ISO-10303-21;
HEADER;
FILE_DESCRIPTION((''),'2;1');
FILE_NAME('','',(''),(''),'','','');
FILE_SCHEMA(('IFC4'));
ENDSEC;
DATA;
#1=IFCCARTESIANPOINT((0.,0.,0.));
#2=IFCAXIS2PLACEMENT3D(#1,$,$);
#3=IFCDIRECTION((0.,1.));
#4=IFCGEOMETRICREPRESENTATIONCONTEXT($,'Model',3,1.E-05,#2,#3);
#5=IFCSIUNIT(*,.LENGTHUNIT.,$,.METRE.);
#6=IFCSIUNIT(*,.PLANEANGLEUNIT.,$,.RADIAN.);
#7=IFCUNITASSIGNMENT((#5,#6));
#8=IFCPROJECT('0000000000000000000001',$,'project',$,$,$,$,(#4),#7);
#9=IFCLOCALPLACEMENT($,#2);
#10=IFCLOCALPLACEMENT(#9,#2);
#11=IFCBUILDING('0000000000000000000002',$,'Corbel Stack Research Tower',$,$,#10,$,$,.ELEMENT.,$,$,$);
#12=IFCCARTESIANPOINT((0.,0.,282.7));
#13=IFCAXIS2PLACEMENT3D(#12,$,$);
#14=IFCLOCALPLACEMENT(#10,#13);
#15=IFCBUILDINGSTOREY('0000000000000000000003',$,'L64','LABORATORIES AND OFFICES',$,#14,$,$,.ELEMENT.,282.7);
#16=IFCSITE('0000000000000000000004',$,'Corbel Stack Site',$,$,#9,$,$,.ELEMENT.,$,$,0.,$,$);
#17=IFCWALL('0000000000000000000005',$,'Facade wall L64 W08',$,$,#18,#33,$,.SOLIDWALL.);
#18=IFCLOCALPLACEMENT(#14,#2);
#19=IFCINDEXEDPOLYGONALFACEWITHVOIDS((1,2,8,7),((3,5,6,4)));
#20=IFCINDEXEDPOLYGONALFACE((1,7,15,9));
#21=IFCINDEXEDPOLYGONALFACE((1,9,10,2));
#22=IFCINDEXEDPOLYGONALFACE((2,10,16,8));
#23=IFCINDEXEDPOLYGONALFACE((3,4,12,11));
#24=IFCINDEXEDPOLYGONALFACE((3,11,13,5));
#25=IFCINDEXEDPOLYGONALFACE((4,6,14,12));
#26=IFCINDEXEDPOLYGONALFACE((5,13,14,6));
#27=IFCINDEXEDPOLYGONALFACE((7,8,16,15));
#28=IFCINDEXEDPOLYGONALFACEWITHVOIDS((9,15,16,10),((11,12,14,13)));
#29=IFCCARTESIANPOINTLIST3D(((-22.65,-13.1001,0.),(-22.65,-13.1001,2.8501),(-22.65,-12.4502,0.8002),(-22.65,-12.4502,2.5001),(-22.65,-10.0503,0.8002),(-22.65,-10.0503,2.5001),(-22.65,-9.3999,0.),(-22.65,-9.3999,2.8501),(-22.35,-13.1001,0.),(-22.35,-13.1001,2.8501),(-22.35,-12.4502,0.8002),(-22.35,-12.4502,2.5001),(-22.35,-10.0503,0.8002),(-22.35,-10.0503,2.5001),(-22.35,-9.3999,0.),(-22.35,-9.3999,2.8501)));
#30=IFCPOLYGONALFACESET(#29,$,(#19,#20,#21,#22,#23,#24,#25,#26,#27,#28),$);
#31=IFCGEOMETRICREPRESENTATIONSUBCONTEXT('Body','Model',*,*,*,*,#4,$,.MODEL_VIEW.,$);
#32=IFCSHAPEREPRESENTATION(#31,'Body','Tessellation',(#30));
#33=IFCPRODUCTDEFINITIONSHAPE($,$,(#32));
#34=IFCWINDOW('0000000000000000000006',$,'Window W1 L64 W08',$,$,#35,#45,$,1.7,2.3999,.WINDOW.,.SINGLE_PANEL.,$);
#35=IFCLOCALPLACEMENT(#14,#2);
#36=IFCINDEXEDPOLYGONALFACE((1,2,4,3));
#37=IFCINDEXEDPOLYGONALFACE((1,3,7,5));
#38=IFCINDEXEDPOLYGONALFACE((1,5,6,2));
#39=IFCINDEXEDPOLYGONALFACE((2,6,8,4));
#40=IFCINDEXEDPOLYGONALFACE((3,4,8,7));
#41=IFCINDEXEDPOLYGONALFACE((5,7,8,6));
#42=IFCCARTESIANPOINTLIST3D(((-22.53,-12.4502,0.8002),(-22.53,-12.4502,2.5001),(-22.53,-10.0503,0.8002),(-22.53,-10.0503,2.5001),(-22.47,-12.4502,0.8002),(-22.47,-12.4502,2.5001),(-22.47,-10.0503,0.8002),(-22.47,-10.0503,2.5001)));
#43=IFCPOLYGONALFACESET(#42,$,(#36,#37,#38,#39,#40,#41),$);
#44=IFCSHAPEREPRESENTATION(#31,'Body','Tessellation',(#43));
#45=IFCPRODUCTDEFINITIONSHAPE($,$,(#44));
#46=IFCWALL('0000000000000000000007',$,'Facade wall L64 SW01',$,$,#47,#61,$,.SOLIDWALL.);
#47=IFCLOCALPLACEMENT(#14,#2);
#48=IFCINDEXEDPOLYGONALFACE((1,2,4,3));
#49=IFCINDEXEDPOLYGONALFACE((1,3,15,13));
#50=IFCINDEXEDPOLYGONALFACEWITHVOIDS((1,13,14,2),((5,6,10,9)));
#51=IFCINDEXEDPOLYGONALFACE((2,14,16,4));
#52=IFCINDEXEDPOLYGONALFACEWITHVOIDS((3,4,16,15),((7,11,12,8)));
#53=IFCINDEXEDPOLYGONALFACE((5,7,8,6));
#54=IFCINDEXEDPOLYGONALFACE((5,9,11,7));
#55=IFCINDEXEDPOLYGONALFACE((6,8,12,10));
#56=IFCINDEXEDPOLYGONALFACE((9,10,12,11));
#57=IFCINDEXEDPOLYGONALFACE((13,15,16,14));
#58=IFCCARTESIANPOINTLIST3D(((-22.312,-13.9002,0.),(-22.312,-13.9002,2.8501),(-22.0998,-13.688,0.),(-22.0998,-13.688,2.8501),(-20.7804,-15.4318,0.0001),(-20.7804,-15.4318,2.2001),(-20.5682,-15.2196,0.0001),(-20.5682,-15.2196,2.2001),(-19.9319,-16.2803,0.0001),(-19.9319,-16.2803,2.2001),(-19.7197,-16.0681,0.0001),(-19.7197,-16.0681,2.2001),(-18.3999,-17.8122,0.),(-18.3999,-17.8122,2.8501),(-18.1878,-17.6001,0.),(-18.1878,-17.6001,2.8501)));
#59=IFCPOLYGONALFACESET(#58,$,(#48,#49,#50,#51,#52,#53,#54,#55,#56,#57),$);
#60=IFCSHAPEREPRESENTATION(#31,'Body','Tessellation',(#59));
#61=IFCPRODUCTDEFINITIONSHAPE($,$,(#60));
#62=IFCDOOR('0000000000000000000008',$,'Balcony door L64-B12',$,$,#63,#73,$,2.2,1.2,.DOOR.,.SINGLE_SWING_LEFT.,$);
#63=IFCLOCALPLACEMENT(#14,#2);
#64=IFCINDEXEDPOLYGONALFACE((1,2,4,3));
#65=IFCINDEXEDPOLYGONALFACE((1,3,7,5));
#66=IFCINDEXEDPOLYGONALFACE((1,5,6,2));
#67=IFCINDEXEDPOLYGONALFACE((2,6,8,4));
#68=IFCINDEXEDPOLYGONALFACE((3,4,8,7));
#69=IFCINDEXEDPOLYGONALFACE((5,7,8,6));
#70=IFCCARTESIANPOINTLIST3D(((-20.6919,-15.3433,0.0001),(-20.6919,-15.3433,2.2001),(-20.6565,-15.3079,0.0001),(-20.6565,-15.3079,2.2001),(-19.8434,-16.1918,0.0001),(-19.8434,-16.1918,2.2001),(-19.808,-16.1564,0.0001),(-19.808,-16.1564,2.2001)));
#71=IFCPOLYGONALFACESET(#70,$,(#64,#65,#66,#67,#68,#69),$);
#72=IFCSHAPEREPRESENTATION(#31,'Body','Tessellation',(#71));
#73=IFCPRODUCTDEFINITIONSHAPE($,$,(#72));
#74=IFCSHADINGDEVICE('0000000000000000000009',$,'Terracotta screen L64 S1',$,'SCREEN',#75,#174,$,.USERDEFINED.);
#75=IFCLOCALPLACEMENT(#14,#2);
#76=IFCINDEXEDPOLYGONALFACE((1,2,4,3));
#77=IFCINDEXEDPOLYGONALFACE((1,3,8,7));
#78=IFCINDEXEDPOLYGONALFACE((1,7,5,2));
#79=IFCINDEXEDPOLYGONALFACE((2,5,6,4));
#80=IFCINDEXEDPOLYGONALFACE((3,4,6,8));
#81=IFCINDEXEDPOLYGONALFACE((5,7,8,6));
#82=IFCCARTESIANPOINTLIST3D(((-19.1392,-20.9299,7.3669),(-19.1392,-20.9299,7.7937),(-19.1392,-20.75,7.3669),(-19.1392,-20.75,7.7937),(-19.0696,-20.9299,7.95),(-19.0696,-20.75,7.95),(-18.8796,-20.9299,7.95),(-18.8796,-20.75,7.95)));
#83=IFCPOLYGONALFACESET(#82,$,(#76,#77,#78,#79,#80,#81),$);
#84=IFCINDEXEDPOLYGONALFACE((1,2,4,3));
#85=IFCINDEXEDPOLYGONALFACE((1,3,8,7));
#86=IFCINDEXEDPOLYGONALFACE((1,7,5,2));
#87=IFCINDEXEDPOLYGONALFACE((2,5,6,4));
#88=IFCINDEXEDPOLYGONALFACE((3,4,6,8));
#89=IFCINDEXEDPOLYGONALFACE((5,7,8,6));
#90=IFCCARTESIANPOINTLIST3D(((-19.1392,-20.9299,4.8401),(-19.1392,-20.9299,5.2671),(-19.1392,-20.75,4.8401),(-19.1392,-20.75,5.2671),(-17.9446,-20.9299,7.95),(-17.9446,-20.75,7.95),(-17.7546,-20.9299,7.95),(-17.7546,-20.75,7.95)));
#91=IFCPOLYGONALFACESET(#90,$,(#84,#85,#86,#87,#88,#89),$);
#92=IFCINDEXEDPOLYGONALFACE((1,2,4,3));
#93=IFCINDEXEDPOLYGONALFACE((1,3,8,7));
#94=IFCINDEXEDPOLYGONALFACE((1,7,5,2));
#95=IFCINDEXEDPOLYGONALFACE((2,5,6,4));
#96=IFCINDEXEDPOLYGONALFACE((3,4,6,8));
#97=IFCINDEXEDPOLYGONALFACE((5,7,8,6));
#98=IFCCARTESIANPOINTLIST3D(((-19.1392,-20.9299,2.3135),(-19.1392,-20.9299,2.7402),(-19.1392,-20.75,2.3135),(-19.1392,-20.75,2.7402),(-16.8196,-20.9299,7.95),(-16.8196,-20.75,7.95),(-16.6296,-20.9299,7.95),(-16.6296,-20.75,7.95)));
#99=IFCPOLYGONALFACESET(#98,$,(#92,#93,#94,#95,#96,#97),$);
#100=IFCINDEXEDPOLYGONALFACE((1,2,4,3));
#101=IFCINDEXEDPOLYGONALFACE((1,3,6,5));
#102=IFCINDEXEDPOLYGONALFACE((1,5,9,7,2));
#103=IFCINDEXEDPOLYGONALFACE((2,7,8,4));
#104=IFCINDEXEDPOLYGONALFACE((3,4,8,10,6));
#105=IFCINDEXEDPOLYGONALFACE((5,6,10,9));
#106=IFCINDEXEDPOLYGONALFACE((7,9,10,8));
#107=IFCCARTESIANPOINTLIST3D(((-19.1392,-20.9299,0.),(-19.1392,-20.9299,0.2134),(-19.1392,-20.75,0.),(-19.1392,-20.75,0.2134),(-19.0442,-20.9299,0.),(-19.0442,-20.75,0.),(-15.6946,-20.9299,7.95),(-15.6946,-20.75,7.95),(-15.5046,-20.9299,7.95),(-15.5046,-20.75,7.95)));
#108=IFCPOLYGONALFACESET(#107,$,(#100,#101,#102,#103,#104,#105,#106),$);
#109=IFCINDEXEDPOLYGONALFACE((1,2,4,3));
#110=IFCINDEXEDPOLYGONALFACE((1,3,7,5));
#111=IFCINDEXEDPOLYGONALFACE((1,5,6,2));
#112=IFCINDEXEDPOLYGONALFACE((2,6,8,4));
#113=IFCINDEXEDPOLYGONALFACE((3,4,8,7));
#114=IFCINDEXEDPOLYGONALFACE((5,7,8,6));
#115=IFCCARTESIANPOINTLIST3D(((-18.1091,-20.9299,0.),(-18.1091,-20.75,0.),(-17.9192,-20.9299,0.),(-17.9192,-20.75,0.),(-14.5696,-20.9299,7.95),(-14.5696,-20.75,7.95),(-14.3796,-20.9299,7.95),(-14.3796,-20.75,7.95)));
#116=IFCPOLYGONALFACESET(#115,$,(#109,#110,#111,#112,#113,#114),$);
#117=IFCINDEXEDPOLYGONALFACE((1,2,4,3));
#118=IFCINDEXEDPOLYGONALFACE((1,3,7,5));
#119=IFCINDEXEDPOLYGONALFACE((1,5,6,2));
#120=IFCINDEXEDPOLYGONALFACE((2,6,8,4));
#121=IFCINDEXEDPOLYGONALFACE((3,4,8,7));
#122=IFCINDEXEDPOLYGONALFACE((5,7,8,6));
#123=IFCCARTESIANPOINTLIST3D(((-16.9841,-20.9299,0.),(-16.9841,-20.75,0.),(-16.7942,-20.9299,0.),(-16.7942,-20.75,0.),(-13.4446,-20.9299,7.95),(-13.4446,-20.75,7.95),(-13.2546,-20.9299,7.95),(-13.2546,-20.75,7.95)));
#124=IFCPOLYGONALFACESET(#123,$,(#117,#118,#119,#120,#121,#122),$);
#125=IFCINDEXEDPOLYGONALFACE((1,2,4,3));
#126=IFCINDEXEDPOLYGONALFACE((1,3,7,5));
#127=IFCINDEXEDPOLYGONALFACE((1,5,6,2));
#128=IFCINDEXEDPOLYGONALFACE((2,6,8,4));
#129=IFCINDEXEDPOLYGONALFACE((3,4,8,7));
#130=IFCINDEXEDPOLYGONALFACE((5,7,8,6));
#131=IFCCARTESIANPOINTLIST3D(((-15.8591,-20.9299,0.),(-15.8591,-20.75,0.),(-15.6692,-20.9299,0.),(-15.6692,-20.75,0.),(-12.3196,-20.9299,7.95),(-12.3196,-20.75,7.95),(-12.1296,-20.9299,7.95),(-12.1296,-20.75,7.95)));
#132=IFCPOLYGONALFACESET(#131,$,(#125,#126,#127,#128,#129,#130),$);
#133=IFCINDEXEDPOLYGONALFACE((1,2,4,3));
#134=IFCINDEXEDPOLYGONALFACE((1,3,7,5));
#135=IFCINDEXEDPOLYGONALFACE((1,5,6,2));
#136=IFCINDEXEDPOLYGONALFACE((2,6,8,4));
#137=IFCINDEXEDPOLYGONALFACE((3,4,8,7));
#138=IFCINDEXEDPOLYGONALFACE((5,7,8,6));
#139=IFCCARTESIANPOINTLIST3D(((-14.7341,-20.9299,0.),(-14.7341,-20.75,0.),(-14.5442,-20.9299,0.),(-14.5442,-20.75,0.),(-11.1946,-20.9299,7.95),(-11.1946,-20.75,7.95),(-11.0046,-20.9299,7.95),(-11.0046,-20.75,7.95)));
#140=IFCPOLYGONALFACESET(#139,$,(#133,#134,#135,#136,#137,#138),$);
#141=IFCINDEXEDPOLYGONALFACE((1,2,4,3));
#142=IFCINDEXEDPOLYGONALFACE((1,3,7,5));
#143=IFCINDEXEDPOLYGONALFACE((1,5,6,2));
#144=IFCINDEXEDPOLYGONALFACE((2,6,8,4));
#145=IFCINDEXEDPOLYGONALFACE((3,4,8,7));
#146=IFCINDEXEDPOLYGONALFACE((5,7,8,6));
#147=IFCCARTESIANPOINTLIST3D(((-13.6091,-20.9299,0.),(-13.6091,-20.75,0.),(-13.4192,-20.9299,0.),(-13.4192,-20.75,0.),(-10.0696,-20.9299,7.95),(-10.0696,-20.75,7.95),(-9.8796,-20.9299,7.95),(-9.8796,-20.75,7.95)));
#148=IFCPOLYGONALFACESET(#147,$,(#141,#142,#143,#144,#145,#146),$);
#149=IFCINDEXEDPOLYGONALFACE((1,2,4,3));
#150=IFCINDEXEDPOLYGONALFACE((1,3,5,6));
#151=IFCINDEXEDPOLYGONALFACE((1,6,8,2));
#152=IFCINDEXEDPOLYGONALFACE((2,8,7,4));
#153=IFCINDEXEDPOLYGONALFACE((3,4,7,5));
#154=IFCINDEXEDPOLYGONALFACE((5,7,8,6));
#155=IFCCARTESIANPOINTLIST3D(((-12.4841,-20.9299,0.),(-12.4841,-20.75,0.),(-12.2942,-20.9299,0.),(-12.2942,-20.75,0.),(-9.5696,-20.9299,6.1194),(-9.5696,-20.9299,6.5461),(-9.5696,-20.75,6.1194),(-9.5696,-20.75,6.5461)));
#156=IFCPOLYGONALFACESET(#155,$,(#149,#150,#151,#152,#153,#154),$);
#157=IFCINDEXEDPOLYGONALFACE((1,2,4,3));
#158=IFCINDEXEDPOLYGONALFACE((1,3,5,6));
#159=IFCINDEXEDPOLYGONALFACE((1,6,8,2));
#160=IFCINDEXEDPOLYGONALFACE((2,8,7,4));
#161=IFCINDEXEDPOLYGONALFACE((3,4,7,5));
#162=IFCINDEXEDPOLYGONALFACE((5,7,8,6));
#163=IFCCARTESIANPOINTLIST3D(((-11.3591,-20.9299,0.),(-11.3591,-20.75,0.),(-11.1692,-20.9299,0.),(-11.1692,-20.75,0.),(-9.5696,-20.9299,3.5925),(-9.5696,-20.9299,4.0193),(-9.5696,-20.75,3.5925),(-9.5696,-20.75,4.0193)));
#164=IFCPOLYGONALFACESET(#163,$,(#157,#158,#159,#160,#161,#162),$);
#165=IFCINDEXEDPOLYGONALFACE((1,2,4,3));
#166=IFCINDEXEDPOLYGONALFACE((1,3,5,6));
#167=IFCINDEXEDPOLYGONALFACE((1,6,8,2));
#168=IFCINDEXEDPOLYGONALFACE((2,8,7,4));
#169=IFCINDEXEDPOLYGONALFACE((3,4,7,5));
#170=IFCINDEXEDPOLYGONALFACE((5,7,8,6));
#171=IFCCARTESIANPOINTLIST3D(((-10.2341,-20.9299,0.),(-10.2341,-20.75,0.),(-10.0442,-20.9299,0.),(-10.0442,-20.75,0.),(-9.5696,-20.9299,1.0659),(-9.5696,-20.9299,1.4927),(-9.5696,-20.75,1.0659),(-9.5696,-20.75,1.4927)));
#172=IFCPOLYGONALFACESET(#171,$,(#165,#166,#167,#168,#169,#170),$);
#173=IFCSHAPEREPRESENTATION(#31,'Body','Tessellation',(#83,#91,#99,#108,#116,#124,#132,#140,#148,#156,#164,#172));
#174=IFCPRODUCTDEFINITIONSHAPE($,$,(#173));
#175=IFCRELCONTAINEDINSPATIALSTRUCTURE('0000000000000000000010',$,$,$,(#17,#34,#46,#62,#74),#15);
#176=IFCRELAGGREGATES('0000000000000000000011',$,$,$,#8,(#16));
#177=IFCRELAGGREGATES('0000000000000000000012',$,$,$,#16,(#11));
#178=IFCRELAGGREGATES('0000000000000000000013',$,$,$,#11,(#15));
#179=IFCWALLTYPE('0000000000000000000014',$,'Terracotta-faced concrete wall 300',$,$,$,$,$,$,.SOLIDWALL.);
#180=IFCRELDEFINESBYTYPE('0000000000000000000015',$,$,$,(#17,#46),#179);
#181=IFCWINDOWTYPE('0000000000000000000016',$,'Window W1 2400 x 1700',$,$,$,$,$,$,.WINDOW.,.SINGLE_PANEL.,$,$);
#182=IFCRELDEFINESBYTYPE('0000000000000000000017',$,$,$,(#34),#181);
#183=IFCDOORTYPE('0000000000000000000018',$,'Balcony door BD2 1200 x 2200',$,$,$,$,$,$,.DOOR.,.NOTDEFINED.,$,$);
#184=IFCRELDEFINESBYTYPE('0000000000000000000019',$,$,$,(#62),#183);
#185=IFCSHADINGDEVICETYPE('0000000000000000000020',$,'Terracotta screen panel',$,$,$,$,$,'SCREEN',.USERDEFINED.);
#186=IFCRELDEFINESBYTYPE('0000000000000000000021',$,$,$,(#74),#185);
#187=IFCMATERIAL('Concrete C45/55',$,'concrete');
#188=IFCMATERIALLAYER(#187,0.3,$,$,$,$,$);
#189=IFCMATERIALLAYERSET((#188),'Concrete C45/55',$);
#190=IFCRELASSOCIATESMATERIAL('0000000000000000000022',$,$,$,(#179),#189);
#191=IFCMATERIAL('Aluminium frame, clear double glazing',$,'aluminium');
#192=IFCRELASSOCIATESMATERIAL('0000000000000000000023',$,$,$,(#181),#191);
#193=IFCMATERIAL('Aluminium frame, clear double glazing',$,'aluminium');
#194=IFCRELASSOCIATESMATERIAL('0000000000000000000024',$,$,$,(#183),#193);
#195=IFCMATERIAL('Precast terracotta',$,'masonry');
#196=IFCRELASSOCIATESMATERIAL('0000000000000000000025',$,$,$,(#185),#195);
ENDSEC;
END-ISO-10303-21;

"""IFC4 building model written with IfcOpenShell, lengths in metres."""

from ifc_helpers import new_model, si_unit, direction, frame, frame_2d, origin, place, context, subcontext, project, spatial, polyline, rectangle, outline, extrude, source, transform, mapped, material, layer, layer_set, type_object, element, fill, save


model = new_model("IFC4")

# Units and contexts
model_context = context("Model", 3, precision=1e-05, world=origin(), true_north=direction((0.0, 1.0)))
body_context = subcontext(model_context, "Body", "Model", "MODEL_VIEW")
ifc_project = project(units=[si_unit("LENGTHUNIT", "METRE"), si_unit("PLANEANGLEUNIT", "RADIAN")], contexts=[model_context])

# Site, building, storey
site_placement = place(None, origin())
site = spatial("IfcSite", under=ifc_project, at=site_placement, Name="Corbel Stack Site", CompositionType="ELEMENT", RefElevation=0.0)
building_placement = place(site_placement, origin())
building = spatial("IfcBuilding", under=site, at=building_placement, Name="Corbel Stack Research Tower", CompositionType="ELEMENT")
storey_placement = place(building_placement, frame((0.0, 0.0, 282.7)))
storey = spatial("IfcBuildingStorey", under=building, at=storey_placement, Name="L64", Description="LABORATORIES AND OFFICES", CompositionType="ELEMENT", Elevation=282.7)

# Wall, opening, window
ifc_material_1 = material(Name="Concrete C45/55", Category="concrete")
ifc_layer_1 = layer(ifc_material_1, 0.3)
ifc_layer_set_1 = layer_set([ifc_layer_1], Name="Concrete C45/55")
wall_type_1 = type_object("IfcWallType", Name="Terracotta-faced concrete wall 300", PredefinedType="SOLIDWALL", material=ifc_layer_set_1)
ifc_material_2 = material(Name="Aluminium frame, clear double glazing", Category="aluminium")
window_type = type_object("IfcWindowType", Name="Window W1 2400 x 1700", PartitioningType="SINGLE_PANEL", PredefinedType="WINDOW", material=ifc_material_2)
wall_1_placement = place(storey_placement, frame((-22.5, -13.1001, 0.0), z_axis=(0.0, 0.0, 1.0), x_axis=(0.0, 1.0, 0.0)))
wall_1 = element("IfcWall", 1, at=wall_1_placement, inside=storey, type_object=wall_type_1, Name="Facade wall L64 W08", PredefinedType="SOLIDWALL", context=body_context, shape_type="SweptSolid", body=[
    extrude(rectangle(XDim=3.7002, YDim=0.3, at=frame_2d((1.8501, 0.0))), origin(), (0.0, 0.0, 1.0), 2.8501),
])
opening_1_placement = place(wall_1_placement, frame((0.6499, 0.0, 0.8)))
opening_1 = element("IfcOpeningElement", 2, at=opening_1_placement, cuts=wall_1, PredefinedType="OPENING", context=body_context, shape_type="SweptSolid", body=[
    extrude(rectangle(XDim=2.3999, YDim=1.7, at=frame_2d((1.2, 0.8501))), frame((0.0, 0.1599, 0.0), z_axis=(0.0, -1.0, 0.0), x_axis=(1.0, 0.0, 0.0)), (0.0, 0.0, 1.0), 0.3201),
])
window_1_placement = place(opening_1_placement, origin())
window_1 = element("IfcWindow", 3, at=window_1_placement, inside=storey, type_object=window_type, Name="Window W1 L64 W08", OverallHeight=1.7, OverallWidth=2.3999, PartitioningType="SINGLE_PANEL", PredefinedType="WINDOW", context=body_context, shape_type="SweptSolid", body=[
    extrude(rectangle(XDim=2.3999, YDim=1.7, at=frame_2d((1.2, 0.8501))), frame((0.0, 0.03, 0.0), z_axis=(0.0, -1.0, 0.0), x_axis=(1.0, 0.0, 0.0)), (0.0, 0.0, 1.0), 0.0601),
])
fill(opening_1, window_1)

# Wall, opening, door
wall_2_placement = place(storey_placement, frame((-18.2939, -17.7061, 0.0), z_axis=(0.0, 0.0, 1.0), x_axis=(-0.707107, 0.707107, 0.0)))
wall_2 = element("IfcWall", 4, at=wall_2_placement, inside=storey, type_object=wall_type_1, Name="Facade wall L64 SW01", PredefinedType="SOLIDWALL", context=body_context, shape_type="SweptSolid", body=[
    extrude(rectangle(XDim=5.5325, YDim=0.3, at=frame_2d((2.7661, 0.0))), origin(), (0.0, 0.0, 1.0), 2.8501),
])
opening_2_placement = place(wall_2_placement, frame((2.1663, 0.0, 0.0)))
opening_2 = element("IfcOpeningElement", 5, at=opening_2_placement, cuts=wall_2, PredefinedType="OPENING", context=body_context, shape_type="SweptSolid", body=[
    extrude(rectangle(XDim=1.2, YDim=2.2, at=frame_2d((0.6001, 1.1001))), frame((0.0, 0.1599, 0.0), z_axis=(0.0, -1.0, 0.0), x_axis=(1.0, 0.0, 0.0)), (0.0, 0.0, 1.0), 0.3201),
])
ifc_material_3 = material(Name="Aluminium frame, clear double glazing", Category="aluminium")
door_type = type_object("IfcDoorType", Name="Balcony door BD2 1200 x 2200", OperationType="NOTDEFINED", PredefinedType="DOOR", material=ifc_material_3)
door_placement = place(opening_2_placement, origin())
door = element("IfcDoor", 6, at=door_placement, inside=storey, type_object=door_type, Name="Balcony door L64-B12", OperationType="SINGLE_SWING_LEFT", OverallHeight=2.2, OverallWidth=1.2, PredefinedType="DOOR", context=body_context, shape_type="SweptSolid", body=[
    extrude(rectangle(XDim=1.2, YDim=2.2, at=frame_2d((0.6001, 1.1001))), frame((0.0, 0.0249, 0.0), z_axis=(0.0, -1.0, 0.0), x_axis=(1.0, 0.0, 0.0)), (0.0, 0.0, 1.0), 0.05),
])
fill(opening_2, door)

# Shading device
ifc_material_4 = material(Name="Precast terracotta", Category="masonry")
shading_device_type = type_object("IfcShadingDeviceType", Name="Terracotta screen panel", ElementType="SCREEN", PredefinedType="USERDEFINED", material=ifc_material_4)
shared_shape_1 = source(origin(), body_context, "Body", "SweptSolid", [
    extrude(outline(polyline([(0.2595, 7.95), (0.0696, 7.95), (0.0, 7.7937), (0.0, 7.3669), (0.2595, 7.95)])), frame((0.0, 0.0, 0.0), z_axis=(0.0, -1.0, 0.0), x_axis=(1.0, 0.0, 0.0)), (0.0, 0.0, 1.0), 0.1799),
    extrude(outline(polyline([(1.3845, 7.95), (1.1946, 7.95), (0.0, 5.2671), (0.0, 4.8401), (1.3845, 7.95)])), frame((0.0, 0.0, 0.0), z_axis=(0.0, -1.0, 0.0), x_axis=(1.0, 0.0, 0.0)), (0.0, 0.0, 1.0), 0.1799),
    extrude(outline(polyline([(2.5095, 7.95), (2.3196, 7.95), (0.0, 2.7402), (0.0, 2.3135), (2.5095, 7.95)])), frame((0.0, 0.0, 0.0), z_axis=(0.0, -1.0, 0.0), x_axis=(1.0, 0.0, 0.0)), (0.0, 0.0, 1.0), 0.1799),
    extrude(outline(polyline([(0.095, 0.0), (3.6345, 7.95), (3.4446, 7.95), (0.0, 0.2134), (0.0, 0.0), (0.095, 0.0)])), frame((0.0, 0.0, 0.0), z_axis=(0.0, -1.0, 0.0), x_axis=(1.0, 0.0, 0.0)), (0.0, 0.0, 1.0), 0.1799),
    extrude(outline(polyline([(1.22, 0.0), (4.7595, 7.95), (4.5696, 7.95), (1.03, 0.0), (1.22, 0.0)])), frame((0.0, 0.0, 0.0), z_axis=(0.0, -1.0, 0.0), x_axis=(1.0, 0.0, 0.0)), (0.0, 0.0, 1.0), 0.1799),
    extrude(outline(polyline([(2.345, 0.0), (5.8845, 7.95), (5.6946, 7.95), (2.155, 0.0), (2.345, 0.0)])), frame((0.0, 0.0, 0.0), z_axis=(0.0, -1.0, 0.0), x_axis=(1.0, 0.0, 0.0)), (0.0, 0.0, 1.0), 0.1799),
    extrude(outline(polyline([(3.47, 0.0), (7.0095, 7.95), (6.8196, 7.95), (3.28, 0.0), (3.47, 0.0)])), frame((0.0, 0.0, 0.0), z_axis=(0.0, -1.0, 0.0), x_axis=(1.0, 0.0, 0.0)), (0.0, 0.0, 1.0), 0.1799),
    extrude(outline(polyline([(4.595, 0.0), (8.1345, 7.95), (7.9446, 7.95), (4.405, 0.0), (4.595, 0.0)])), frame((0.0, 0.0, 0.0), z_axis=(0.0, -1.0, 0.0), x_axis=(1.0, 0.0, 0.0)), (0.0, 0.0, 1.0), 0.1799),
    extrude(outline(polyline([(5.72, 0.0), (9.2595, 7.95), (9.0696, 7.95), (5.53, 0.0), (5.72, 0.0)])), frame((0.0, 0.0, 0.0), z_axis=(0.0, -1.0, 0.0), x_axis=(1.0, 0.0, 0.0)), (0.0, 0.0, 1.0), 0.1799),
    extrude(outline(polyline([(6.845, 0.0), (9.5696, 6.1194), (9.5696, 6.5461), (6.655, 0.0), (6.845, 0.0)])), frame((0.0, 0.0, 0.0), z_axis=(0.0, -1.0, 0.0), x_axis=(1.0, 0.0, 0.0)), (0.0, 0.0, 1.0), 0.1799),
    extrude(outline(polyline([(7.97, 0.0), (9.5696, 3.5925), (9.5696, 4.0193), (7.78, 0.0), (7.97, 0.0)])), frame((0.0, 0.0, 0.0), z_axis=(0.0, -1.0, 0.0), x_axis=(1.0, 0.0, 0.0)), (0.0, 0.0, 1.0), 0.1799),
    extrude(outline(polyline([(9.095, 0.0), (9.5696, 1.0659), (9.5696, 1.4927), (8.905, 0.0), (9.095, 0.0)])), frame((0.0, 0.0, 0.0), z_axis=(0.0, -1.0, 0.0), x_axis=(1.0, 0.0, 0.0)), (0.0, 0.0, 1.0), 0.1799),
])
shading_device_1_placement = place(storey_placement, frame((-19.1392, -20.75, 0.0), z_axis=(0.0, 0.0, 1.0), x_axis=(1.0, 0.0, 0.0)))
element("IfcShadingDevice", 7, at=shading_device_1_placement, inside=storey, type_object=shading_device_type, Name="Terracotta screen L64 S1", ObjectType="SCREEN", PredefinedType="USERDEFINED", context=body_context, shape_type="MappedRepresentation", body=[
    mapped(shared_shape_1, transform((0.0, 0.0, 0.0))),
])

save(model, "model.ifc")
